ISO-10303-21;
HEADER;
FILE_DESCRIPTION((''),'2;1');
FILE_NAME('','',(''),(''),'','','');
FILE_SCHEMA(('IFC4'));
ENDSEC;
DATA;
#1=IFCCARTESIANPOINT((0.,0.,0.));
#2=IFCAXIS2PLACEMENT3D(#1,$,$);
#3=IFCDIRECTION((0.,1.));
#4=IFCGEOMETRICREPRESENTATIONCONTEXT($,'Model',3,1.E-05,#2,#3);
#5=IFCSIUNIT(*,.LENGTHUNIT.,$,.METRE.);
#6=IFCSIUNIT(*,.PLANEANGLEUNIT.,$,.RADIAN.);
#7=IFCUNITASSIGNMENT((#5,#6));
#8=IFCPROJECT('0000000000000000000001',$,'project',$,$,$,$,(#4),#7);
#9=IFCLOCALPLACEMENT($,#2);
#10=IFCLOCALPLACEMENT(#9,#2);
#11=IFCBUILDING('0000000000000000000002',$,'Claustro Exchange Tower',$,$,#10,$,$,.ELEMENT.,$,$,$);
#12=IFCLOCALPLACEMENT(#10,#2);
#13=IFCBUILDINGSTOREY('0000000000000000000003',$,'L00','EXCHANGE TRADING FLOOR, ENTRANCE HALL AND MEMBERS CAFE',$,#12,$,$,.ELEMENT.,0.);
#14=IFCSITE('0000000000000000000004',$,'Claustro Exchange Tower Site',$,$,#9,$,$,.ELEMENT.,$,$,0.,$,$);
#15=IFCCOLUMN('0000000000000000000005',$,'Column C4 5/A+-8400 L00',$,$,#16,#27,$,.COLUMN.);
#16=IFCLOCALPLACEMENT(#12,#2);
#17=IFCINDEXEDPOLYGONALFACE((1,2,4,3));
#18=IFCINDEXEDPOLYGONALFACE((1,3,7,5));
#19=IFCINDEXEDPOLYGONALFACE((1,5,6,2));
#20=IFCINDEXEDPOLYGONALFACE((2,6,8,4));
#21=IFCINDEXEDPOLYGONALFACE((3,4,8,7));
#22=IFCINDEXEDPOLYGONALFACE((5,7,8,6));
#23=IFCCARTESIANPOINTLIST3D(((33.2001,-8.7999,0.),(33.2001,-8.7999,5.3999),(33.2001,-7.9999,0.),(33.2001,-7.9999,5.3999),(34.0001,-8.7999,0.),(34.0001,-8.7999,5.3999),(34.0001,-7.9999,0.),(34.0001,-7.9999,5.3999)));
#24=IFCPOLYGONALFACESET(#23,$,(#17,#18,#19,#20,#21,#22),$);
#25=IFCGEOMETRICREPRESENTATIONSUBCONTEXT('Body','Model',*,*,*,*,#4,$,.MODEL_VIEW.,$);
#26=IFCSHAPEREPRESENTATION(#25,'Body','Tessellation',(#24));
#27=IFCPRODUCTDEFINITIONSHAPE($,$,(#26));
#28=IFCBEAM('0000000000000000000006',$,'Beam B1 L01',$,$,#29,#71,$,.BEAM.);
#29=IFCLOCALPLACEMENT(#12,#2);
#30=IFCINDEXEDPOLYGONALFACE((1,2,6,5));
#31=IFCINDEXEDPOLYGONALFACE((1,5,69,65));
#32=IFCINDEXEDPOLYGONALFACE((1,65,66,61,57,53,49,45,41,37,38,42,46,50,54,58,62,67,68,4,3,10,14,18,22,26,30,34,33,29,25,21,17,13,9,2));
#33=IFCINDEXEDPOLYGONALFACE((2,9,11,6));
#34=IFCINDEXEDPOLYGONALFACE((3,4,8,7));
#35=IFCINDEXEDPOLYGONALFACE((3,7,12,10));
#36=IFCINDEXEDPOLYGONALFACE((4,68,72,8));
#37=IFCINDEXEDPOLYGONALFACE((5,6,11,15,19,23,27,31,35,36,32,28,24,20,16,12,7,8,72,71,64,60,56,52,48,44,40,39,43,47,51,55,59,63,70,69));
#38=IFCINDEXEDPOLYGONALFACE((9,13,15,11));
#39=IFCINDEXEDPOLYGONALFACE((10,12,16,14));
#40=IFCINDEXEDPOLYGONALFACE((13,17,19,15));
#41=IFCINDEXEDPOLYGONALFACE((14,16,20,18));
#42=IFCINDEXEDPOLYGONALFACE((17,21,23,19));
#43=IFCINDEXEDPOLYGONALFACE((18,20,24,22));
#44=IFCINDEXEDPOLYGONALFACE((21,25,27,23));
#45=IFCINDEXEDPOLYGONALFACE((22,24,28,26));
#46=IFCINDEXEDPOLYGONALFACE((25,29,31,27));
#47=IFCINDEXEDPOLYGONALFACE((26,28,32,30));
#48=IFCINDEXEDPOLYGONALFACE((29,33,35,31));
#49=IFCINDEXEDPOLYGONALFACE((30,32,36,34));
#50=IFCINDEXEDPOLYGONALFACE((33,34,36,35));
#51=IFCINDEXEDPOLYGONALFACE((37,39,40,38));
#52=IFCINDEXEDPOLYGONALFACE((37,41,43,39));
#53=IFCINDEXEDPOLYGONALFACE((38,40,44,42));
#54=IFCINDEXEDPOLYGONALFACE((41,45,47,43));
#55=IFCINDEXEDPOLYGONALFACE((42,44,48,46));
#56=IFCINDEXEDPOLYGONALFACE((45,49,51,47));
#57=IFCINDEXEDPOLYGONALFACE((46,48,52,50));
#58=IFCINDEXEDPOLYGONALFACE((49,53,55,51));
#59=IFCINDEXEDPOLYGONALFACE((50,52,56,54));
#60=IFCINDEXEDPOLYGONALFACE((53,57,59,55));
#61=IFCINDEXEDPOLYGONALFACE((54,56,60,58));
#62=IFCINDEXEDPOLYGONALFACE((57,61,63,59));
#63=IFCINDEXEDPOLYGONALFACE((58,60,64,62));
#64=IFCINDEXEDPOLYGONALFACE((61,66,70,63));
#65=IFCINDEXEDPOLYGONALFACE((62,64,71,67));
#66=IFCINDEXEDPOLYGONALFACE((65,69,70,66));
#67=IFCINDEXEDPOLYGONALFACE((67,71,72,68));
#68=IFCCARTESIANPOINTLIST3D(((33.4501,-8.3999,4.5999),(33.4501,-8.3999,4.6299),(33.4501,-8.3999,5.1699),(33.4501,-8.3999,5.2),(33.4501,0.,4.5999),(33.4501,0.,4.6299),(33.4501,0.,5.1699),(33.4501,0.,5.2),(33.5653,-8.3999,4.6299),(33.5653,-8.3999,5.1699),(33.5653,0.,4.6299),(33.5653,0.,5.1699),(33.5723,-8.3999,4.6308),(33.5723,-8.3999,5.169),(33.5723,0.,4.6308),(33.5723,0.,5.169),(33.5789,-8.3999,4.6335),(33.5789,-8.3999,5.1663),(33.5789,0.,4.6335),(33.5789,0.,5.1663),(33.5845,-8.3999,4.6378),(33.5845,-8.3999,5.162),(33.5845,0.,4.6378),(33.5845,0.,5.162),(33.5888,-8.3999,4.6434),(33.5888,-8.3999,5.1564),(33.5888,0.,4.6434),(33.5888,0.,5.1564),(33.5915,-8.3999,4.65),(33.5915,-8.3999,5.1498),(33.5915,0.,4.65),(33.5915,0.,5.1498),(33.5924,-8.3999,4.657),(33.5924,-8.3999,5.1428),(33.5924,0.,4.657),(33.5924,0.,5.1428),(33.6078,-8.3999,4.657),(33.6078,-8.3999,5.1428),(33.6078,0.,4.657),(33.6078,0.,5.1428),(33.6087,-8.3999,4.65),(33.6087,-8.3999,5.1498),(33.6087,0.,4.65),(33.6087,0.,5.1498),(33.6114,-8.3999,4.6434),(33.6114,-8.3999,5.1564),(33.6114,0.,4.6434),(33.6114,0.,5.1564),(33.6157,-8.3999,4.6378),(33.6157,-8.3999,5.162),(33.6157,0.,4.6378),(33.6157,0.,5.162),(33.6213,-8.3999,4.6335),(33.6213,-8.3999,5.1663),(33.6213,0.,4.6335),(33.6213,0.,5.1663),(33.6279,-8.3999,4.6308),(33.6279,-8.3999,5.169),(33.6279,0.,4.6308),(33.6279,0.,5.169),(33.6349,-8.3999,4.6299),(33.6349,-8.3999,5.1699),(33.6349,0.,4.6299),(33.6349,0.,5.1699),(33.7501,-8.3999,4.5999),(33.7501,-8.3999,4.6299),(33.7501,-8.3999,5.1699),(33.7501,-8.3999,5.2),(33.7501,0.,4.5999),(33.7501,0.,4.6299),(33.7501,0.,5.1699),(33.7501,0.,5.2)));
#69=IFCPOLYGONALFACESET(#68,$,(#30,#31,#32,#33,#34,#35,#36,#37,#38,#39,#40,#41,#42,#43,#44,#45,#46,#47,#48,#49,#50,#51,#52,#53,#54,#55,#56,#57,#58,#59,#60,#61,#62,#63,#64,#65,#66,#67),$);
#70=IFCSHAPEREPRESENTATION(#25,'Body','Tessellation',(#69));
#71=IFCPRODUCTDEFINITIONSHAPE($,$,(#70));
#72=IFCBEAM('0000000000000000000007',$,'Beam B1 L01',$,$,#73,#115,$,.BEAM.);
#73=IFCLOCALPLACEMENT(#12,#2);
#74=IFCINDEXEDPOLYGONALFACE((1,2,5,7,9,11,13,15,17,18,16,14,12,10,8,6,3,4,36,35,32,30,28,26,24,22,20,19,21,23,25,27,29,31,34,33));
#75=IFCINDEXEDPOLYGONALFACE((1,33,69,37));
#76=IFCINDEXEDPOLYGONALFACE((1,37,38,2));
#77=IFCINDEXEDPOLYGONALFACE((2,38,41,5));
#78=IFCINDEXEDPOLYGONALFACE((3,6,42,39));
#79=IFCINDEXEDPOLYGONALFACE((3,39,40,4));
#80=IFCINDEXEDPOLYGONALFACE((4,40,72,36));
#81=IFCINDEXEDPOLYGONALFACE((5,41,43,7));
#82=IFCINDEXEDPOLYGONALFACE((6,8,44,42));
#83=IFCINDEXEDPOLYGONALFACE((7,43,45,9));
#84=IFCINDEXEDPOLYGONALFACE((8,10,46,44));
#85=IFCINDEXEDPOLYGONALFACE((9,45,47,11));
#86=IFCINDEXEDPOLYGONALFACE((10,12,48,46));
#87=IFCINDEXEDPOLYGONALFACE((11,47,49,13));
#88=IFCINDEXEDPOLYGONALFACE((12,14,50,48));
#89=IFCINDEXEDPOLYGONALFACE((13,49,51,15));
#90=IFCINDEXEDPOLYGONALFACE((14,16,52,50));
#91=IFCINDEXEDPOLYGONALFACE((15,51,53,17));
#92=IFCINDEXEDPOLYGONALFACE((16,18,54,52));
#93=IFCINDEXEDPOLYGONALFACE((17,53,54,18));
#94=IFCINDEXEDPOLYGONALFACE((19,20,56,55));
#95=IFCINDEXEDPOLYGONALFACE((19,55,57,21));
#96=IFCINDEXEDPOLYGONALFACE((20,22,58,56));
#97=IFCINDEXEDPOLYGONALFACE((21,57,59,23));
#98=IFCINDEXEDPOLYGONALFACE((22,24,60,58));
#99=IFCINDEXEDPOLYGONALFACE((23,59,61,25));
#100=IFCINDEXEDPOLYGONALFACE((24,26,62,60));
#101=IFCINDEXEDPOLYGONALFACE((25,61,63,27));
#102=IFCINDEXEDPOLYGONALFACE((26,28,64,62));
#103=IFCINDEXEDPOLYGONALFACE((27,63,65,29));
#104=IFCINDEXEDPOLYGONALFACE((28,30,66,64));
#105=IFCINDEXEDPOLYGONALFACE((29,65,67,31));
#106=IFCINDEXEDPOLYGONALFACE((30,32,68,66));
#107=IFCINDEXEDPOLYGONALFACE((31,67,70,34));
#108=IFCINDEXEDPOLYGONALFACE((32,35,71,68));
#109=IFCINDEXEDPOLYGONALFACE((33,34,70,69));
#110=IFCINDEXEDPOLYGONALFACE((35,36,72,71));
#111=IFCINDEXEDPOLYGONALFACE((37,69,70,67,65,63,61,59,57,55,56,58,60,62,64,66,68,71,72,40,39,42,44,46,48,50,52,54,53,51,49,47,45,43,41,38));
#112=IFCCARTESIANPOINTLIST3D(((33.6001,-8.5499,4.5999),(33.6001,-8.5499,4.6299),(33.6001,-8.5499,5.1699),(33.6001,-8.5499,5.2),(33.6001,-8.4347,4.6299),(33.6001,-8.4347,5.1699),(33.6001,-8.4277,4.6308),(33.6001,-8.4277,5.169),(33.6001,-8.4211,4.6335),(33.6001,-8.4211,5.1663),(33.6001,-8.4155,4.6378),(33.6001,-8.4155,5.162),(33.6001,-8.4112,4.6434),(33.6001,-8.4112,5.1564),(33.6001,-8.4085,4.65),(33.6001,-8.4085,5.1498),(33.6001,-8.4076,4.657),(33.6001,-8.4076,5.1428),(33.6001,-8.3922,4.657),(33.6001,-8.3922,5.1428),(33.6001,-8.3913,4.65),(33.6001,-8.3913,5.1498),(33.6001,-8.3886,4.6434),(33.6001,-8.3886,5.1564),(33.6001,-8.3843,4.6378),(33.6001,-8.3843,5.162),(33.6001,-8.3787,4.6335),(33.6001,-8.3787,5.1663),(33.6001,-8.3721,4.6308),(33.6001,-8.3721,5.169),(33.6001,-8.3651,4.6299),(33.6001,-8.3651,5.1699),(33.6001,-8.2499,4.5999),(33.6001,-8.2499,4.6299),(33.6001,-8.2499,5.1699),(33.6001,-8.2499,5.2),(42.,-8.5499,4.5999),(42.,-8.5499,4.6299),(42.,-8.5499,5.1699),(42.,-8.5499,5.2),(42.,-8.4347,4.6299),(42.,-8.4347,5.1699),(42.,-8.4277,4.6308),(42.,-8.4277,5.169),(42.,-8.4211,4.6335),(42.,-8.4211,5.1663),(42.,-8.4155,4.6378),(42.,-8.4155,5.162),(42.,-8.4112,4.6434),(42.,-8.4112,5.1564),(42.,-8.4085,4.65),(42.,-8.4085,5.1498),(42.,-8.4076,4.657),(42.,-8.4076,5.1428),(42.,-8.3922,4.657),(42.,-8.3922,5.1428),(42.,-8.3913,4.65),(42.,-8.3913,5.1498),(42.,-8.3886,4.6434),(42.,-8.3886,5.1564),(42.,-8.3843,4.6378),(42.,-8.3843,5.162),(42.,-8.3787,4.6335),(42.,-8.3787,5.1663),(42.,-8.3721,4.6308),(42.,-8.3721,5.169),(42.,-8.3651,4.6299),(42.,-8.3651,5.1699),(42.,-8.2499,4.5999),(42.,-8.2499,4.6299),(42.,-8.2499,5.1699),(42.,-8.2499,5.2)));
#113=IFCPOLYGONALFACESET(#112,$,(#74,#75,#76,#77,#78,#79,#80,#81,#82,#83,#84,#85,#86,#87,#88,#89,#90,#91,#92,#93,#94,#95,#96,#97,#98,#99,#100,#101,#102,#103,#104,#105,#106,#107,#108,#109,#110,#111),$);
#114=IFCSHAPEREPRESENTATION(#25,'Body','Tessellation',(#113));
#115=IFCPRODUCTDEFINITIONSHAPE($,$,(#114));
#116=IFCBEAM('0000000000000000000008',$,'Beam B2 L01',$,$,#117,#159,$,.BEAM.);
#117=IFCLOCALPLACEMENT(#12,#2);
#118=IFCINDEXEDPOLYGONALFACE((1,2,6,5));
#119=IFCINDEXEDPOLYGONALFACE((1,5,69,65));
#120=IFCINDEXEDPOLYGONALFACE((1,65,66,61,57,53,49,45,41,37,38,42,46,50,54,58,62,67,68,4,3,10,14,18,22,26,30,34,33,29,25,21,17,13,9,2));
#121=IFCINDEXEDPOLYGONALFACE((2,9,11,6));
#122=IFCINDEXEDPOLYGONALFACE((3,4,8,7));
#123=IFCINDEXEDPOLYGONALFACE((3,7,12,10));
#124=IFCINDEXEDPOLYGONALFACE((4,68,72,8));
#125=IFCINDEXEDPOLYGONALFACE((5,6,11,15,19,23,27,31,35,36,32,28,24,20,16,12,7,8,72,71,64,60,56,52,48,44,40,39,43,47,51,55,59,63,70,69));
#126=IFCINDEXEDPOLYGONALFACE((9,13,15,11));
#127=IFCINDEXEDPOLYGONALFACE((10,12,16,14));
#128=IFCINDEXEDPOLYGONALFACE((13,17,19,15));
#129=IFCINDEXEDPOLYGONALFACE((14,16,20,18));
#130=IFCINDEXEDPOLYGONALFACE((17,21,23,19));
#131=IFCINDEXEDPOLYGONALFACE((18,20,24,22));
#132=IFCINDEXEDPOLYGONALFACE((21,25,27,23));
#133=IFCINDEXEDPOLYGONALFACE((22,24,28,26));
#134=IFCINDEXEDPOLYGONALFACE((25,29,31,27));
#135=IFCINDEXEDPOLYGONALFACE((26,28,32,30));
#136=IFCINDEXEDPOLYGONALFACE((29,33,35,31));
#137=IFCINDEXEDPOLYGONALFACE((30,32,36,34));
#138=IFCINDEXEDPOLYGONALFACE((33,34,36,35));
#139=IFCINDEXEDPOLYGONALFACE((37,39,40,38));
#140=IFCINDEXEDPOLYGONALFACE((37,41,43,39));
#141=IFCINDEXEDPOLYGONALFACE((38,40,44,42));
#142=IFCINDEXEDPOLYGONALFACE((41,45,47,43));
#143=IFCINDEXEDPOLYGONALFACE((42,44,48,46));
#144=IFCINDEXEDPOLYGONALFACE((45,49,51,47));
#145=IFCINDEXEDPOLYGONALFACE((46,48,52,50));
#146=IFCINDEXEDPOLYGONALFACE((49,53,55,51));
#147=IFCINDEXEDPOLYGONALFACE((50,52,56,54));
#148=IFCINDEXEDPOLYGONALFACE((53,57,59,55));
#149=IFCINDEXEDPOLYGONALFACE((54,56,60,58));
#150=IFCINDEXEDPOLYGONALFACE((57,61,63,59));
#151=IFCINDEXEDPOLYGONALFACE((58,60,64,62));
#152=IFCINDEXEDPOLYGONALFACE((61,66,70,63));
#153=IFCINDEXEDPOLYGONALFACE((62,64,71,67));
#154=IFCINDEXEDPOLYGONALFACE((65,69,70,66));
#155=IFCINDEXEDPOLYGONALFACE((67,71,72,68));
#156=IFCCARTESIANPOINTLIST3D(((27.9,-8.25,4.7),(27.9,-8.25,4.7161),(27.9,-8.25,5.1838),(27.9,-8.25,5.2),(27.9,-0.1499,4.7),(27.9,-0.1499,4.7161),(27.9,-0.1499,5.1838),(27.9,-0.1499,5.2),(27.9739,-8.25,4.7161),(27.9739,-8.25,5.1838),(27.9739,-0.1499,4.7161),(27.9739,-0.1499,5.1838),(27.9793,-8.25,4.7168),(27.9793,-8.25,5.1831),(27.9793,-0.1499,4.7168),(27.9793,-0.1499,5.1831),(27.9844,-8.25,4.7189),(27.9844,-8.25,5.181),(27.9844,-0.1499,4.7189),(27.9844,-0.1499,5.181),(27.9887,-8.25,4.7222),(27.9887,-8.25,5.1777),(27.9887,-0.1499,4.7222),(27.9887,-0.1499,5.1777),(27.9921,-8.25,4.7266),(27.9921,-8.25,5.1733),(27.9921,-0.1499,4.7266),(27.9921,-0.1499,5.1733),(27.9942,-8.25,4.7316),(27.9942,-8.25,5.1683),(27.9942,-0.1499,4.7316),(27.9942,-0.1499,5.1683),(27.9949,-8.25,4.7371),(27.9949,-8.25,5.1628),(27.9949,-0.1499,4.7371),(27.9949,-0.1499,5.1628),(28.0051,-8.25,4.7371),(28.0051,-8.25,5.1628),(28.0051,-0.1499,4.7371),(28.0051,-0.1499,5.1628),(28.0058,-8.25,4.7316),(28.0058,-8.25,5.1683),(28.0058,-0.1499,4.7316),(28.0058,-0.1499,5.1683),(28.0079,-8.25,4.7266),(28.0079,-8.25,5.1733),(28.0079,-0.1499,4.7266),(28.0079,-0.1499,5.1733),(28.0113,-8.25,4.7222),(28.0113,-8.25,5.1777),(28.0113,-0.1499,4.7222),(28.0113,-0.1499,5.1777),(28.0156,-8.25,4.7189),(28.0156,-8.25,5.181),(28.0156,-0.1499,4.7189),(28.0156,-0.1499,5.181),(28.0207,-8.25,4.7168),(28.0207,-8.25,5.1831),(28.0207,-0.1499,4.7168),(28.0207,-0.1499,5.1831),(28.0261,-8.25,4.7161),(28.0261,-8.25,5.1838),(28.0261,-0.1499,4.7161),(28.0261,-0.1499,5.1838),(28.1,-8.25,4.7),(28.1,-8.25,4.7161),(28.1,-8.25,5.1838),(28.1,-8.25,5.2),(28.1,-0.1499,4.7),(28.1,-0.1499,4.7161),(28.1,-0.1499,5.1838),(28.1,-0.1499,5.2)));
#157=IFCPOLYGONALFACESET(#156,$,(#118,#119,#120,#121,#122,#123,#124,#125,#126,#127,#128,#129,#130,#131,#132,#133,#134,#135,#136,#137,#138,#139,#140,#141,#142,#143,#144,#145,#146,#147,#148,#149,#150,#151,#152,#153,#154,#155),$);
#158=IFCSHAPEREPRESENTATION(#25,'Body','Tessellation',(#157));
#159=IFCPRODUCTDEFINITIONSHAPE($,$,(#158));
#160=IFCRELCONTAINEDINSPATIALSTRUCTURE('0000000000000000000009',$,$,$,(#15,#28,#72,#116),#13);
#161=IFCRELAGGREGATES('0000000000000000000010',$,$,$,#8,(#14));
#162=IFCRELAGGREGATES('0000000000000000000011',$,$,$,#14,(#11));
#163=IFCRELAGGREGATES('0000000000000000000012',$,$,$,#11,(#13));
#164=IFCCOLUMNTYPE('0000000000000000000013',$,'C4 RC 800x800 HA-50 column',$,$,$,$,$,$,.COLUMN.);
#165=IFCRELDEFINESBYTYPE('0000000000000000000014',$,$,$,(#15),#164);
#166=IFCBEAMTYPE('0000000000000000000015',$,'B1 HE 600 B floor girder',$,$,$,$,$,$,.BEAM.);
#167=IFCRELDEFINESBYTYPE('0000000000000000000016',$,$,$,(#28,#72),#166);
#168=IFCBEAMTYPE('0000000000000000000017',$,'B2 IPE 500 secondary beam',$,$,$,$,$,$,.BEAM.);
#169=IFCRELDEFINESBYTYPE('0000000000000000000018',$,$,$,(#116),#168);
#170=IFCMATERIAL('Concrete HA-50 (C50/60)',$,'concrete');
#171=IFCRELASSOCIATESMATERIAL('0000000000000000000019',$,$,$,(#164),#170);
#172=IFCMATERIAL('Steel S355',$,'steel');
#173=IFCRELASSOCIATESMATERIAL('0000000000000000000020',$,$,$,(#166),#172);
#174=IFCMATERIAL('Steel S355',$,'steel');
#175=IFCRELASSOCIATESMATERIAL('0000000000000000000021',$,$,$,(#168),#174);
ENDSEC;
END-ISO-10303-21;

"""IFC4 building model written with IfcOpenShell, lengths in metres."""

from ifc_helpers import new_model, si_unit, direction, frame, origin, origin_2d, place, context, subcontext, project, spatial, rectangle, i_section, extrude, material, material_profile, profile_set, type_object, element, save


model = new_model("IFC4")

# Units and contexts
model_context = context("Model", 3, precision=1e-05, world=origin(), true_north=direction((0.0, 1.0)))
body_context = subcontext(model_context, "Body", "Model", "MODEL_VIEW")
ifc_project = project(units=[si_unit("LENGTHUNIT", "METRE"), si_unit("PLANEANGLEUNIT", "RADIAN")], contexts=[model_context])

# Site, building, storey
site_placement = place(None, origin())
site = spatial("IfcSite", under=ifc_project, at=site_placement, Name="Claustro Exchange Tower Site", CompositionType="ELEMENT", RefElevation=0.0)
building_placement = place(site_placement, origin())
building = spatial("IfcBuilding", under=site, at=building_placement, Name="Claustro Exchange Tower", CompositionType="ELEMENT")
storey_placement = place(building_placement, origin())
storey = spatial("IfcBuildingStorey", under=building, at=storey_placement, Name="L00", Description="EXCHANGE TRADING FLOOR, ENTRANCE HALL AND MEMBERS CAFE", CompositionType="ELEMENT", Elevation=0.0)

# Column
ifc_material_1 = material(Name="Concrete HA-50 (C50/60)", Category="concrete")
ifc_material_profile_1 = material_profile(ifc_material_1, rectangle(XDim=0.8, YDim=0.8, at=origin_2d()), Name="RC 800x800")
ifc_profile_set_1 = profile_set([ifc_material_profile_1], Name="Concrete HA-50 (C50/60)")
column_type = type_object("IfcColumnType", Name="C4 RC 800x800 HA-50 column", PredefinedType="COLUMN", material=ifc_profile_set_1)
column_placement = place(storey_placement, frame((33.6001, -8.3999, 0.0), z_axis=(0.0, 0.0, 1.0), x_axis=(1.0, 0.0, 0.0)))
element("IfcColumn", 1, at=column_placement, inside=storey, type_object=column_type, Name="Column C4 5/A+-8400 L00", PredefinedType="COLUMN", context=body_context, shape_type="SweptSolid", body=[
    extrude(rectangle(XDim=0.8, YDim=0.8, at=origin_2d()), origin(), (0.0, 0.0, 1.0), 5.3999),
])

# Beams
ifc_material_2 = material(Name="Steel S355", Category="steel")
ifc_material_profile_2 = material_profile(ifc_material_2, i_section(OverallWidth=0.3, OverallDepth=0.6001, WebThickness=0.0154, FlangeThickness=0.03, FilletRadius=0.0271, at=origin_2d()), Name="HE 600 B")
ifc_profile_set_2 = profile_set([ifc_material_profile_2], Name="Steel S355")
beam_type_1 = type_object("IfcBeamType", Name="B1 HE 600 B floor girder", PredefinedType="BEAM", material=ifc_profile_set_2)
for number, where, z_axis, x_axis, name in (
    (2, (33.6001, -8.3999, 4.8999), (0.0, 1.0, 0.0), (-1.0, 0.0, 0.0), "Beam B1 L01"),
    (3, (33.6001, -8.3999, 4.8999), (1.0, 0.0, 0.0), (0.0, 1.0, 0.0), "Beam B1 L01"),
):
    element("IfcBeam", number, at=place(storey_placement, frame(where, z_axis=z_axis, x_axis=x_axis)), inside=storey, type_object=beam_type_1, Name=name, PredefinedType="BEAM", context=body_context, shape_type="SweptSolid", body=[
        extrude(i_section(OverallWidth=0.3, OverallDepth=0.6001, WebThickness=0.0154, FlangeThickness=0.03, FilletRadius=0.0271, at=origin_2d()), origin(), (0.0, 0.0, 1.0), 8.3999),
    ])
ifc_material_3 = material(Name="Steel S355", Category="steel")
ifc_material_profile_3 = material_profile(ifc_material_3, i_section(OverallWidth=0.2, OverallDepth=0.5, WebThickness=0.0103, FlangeThickness=0.0161, FilletRadius=0.021, at=origin_2d()), Name="IPE 500")
ifc_profile_set_3 = profile_set([ifc_material_profile_3], Name="Steel S355")
beam_type_2 = type_object("IfcBeamType", Name="B2 IPE 500 secondary beam", PredefinedType="BEAM", material=ifc_profile_set_3)
for number, where, z_axis, x_axis, name in (
    (4, (28.0, -8.25, 4.95), (0.0, 1.0, 0.0), (-1.0, 0.0, 0.0), "Beam B2 L01"),
):
    element("IfcBeam", number, at=place(storey_placement, frame(where, z_axis=z_axis, x_axis=x_axis)), inside=storey, type_object=beam_type_2, Name=name, PredefinedType="BEAM", context=body_context, shape_type="SweptSolid", body=[
        extrude(i_section(OverallWidth=0.2, OverallDepth=0.5, WebThickness=0.0103, FlangeThickness=0.0161, FilletRadius=0.021, at=origin_2d()), origin(), (0.0, 0.0, 1.0), 8.1001),
    ])

save(model, "model.ifc")
